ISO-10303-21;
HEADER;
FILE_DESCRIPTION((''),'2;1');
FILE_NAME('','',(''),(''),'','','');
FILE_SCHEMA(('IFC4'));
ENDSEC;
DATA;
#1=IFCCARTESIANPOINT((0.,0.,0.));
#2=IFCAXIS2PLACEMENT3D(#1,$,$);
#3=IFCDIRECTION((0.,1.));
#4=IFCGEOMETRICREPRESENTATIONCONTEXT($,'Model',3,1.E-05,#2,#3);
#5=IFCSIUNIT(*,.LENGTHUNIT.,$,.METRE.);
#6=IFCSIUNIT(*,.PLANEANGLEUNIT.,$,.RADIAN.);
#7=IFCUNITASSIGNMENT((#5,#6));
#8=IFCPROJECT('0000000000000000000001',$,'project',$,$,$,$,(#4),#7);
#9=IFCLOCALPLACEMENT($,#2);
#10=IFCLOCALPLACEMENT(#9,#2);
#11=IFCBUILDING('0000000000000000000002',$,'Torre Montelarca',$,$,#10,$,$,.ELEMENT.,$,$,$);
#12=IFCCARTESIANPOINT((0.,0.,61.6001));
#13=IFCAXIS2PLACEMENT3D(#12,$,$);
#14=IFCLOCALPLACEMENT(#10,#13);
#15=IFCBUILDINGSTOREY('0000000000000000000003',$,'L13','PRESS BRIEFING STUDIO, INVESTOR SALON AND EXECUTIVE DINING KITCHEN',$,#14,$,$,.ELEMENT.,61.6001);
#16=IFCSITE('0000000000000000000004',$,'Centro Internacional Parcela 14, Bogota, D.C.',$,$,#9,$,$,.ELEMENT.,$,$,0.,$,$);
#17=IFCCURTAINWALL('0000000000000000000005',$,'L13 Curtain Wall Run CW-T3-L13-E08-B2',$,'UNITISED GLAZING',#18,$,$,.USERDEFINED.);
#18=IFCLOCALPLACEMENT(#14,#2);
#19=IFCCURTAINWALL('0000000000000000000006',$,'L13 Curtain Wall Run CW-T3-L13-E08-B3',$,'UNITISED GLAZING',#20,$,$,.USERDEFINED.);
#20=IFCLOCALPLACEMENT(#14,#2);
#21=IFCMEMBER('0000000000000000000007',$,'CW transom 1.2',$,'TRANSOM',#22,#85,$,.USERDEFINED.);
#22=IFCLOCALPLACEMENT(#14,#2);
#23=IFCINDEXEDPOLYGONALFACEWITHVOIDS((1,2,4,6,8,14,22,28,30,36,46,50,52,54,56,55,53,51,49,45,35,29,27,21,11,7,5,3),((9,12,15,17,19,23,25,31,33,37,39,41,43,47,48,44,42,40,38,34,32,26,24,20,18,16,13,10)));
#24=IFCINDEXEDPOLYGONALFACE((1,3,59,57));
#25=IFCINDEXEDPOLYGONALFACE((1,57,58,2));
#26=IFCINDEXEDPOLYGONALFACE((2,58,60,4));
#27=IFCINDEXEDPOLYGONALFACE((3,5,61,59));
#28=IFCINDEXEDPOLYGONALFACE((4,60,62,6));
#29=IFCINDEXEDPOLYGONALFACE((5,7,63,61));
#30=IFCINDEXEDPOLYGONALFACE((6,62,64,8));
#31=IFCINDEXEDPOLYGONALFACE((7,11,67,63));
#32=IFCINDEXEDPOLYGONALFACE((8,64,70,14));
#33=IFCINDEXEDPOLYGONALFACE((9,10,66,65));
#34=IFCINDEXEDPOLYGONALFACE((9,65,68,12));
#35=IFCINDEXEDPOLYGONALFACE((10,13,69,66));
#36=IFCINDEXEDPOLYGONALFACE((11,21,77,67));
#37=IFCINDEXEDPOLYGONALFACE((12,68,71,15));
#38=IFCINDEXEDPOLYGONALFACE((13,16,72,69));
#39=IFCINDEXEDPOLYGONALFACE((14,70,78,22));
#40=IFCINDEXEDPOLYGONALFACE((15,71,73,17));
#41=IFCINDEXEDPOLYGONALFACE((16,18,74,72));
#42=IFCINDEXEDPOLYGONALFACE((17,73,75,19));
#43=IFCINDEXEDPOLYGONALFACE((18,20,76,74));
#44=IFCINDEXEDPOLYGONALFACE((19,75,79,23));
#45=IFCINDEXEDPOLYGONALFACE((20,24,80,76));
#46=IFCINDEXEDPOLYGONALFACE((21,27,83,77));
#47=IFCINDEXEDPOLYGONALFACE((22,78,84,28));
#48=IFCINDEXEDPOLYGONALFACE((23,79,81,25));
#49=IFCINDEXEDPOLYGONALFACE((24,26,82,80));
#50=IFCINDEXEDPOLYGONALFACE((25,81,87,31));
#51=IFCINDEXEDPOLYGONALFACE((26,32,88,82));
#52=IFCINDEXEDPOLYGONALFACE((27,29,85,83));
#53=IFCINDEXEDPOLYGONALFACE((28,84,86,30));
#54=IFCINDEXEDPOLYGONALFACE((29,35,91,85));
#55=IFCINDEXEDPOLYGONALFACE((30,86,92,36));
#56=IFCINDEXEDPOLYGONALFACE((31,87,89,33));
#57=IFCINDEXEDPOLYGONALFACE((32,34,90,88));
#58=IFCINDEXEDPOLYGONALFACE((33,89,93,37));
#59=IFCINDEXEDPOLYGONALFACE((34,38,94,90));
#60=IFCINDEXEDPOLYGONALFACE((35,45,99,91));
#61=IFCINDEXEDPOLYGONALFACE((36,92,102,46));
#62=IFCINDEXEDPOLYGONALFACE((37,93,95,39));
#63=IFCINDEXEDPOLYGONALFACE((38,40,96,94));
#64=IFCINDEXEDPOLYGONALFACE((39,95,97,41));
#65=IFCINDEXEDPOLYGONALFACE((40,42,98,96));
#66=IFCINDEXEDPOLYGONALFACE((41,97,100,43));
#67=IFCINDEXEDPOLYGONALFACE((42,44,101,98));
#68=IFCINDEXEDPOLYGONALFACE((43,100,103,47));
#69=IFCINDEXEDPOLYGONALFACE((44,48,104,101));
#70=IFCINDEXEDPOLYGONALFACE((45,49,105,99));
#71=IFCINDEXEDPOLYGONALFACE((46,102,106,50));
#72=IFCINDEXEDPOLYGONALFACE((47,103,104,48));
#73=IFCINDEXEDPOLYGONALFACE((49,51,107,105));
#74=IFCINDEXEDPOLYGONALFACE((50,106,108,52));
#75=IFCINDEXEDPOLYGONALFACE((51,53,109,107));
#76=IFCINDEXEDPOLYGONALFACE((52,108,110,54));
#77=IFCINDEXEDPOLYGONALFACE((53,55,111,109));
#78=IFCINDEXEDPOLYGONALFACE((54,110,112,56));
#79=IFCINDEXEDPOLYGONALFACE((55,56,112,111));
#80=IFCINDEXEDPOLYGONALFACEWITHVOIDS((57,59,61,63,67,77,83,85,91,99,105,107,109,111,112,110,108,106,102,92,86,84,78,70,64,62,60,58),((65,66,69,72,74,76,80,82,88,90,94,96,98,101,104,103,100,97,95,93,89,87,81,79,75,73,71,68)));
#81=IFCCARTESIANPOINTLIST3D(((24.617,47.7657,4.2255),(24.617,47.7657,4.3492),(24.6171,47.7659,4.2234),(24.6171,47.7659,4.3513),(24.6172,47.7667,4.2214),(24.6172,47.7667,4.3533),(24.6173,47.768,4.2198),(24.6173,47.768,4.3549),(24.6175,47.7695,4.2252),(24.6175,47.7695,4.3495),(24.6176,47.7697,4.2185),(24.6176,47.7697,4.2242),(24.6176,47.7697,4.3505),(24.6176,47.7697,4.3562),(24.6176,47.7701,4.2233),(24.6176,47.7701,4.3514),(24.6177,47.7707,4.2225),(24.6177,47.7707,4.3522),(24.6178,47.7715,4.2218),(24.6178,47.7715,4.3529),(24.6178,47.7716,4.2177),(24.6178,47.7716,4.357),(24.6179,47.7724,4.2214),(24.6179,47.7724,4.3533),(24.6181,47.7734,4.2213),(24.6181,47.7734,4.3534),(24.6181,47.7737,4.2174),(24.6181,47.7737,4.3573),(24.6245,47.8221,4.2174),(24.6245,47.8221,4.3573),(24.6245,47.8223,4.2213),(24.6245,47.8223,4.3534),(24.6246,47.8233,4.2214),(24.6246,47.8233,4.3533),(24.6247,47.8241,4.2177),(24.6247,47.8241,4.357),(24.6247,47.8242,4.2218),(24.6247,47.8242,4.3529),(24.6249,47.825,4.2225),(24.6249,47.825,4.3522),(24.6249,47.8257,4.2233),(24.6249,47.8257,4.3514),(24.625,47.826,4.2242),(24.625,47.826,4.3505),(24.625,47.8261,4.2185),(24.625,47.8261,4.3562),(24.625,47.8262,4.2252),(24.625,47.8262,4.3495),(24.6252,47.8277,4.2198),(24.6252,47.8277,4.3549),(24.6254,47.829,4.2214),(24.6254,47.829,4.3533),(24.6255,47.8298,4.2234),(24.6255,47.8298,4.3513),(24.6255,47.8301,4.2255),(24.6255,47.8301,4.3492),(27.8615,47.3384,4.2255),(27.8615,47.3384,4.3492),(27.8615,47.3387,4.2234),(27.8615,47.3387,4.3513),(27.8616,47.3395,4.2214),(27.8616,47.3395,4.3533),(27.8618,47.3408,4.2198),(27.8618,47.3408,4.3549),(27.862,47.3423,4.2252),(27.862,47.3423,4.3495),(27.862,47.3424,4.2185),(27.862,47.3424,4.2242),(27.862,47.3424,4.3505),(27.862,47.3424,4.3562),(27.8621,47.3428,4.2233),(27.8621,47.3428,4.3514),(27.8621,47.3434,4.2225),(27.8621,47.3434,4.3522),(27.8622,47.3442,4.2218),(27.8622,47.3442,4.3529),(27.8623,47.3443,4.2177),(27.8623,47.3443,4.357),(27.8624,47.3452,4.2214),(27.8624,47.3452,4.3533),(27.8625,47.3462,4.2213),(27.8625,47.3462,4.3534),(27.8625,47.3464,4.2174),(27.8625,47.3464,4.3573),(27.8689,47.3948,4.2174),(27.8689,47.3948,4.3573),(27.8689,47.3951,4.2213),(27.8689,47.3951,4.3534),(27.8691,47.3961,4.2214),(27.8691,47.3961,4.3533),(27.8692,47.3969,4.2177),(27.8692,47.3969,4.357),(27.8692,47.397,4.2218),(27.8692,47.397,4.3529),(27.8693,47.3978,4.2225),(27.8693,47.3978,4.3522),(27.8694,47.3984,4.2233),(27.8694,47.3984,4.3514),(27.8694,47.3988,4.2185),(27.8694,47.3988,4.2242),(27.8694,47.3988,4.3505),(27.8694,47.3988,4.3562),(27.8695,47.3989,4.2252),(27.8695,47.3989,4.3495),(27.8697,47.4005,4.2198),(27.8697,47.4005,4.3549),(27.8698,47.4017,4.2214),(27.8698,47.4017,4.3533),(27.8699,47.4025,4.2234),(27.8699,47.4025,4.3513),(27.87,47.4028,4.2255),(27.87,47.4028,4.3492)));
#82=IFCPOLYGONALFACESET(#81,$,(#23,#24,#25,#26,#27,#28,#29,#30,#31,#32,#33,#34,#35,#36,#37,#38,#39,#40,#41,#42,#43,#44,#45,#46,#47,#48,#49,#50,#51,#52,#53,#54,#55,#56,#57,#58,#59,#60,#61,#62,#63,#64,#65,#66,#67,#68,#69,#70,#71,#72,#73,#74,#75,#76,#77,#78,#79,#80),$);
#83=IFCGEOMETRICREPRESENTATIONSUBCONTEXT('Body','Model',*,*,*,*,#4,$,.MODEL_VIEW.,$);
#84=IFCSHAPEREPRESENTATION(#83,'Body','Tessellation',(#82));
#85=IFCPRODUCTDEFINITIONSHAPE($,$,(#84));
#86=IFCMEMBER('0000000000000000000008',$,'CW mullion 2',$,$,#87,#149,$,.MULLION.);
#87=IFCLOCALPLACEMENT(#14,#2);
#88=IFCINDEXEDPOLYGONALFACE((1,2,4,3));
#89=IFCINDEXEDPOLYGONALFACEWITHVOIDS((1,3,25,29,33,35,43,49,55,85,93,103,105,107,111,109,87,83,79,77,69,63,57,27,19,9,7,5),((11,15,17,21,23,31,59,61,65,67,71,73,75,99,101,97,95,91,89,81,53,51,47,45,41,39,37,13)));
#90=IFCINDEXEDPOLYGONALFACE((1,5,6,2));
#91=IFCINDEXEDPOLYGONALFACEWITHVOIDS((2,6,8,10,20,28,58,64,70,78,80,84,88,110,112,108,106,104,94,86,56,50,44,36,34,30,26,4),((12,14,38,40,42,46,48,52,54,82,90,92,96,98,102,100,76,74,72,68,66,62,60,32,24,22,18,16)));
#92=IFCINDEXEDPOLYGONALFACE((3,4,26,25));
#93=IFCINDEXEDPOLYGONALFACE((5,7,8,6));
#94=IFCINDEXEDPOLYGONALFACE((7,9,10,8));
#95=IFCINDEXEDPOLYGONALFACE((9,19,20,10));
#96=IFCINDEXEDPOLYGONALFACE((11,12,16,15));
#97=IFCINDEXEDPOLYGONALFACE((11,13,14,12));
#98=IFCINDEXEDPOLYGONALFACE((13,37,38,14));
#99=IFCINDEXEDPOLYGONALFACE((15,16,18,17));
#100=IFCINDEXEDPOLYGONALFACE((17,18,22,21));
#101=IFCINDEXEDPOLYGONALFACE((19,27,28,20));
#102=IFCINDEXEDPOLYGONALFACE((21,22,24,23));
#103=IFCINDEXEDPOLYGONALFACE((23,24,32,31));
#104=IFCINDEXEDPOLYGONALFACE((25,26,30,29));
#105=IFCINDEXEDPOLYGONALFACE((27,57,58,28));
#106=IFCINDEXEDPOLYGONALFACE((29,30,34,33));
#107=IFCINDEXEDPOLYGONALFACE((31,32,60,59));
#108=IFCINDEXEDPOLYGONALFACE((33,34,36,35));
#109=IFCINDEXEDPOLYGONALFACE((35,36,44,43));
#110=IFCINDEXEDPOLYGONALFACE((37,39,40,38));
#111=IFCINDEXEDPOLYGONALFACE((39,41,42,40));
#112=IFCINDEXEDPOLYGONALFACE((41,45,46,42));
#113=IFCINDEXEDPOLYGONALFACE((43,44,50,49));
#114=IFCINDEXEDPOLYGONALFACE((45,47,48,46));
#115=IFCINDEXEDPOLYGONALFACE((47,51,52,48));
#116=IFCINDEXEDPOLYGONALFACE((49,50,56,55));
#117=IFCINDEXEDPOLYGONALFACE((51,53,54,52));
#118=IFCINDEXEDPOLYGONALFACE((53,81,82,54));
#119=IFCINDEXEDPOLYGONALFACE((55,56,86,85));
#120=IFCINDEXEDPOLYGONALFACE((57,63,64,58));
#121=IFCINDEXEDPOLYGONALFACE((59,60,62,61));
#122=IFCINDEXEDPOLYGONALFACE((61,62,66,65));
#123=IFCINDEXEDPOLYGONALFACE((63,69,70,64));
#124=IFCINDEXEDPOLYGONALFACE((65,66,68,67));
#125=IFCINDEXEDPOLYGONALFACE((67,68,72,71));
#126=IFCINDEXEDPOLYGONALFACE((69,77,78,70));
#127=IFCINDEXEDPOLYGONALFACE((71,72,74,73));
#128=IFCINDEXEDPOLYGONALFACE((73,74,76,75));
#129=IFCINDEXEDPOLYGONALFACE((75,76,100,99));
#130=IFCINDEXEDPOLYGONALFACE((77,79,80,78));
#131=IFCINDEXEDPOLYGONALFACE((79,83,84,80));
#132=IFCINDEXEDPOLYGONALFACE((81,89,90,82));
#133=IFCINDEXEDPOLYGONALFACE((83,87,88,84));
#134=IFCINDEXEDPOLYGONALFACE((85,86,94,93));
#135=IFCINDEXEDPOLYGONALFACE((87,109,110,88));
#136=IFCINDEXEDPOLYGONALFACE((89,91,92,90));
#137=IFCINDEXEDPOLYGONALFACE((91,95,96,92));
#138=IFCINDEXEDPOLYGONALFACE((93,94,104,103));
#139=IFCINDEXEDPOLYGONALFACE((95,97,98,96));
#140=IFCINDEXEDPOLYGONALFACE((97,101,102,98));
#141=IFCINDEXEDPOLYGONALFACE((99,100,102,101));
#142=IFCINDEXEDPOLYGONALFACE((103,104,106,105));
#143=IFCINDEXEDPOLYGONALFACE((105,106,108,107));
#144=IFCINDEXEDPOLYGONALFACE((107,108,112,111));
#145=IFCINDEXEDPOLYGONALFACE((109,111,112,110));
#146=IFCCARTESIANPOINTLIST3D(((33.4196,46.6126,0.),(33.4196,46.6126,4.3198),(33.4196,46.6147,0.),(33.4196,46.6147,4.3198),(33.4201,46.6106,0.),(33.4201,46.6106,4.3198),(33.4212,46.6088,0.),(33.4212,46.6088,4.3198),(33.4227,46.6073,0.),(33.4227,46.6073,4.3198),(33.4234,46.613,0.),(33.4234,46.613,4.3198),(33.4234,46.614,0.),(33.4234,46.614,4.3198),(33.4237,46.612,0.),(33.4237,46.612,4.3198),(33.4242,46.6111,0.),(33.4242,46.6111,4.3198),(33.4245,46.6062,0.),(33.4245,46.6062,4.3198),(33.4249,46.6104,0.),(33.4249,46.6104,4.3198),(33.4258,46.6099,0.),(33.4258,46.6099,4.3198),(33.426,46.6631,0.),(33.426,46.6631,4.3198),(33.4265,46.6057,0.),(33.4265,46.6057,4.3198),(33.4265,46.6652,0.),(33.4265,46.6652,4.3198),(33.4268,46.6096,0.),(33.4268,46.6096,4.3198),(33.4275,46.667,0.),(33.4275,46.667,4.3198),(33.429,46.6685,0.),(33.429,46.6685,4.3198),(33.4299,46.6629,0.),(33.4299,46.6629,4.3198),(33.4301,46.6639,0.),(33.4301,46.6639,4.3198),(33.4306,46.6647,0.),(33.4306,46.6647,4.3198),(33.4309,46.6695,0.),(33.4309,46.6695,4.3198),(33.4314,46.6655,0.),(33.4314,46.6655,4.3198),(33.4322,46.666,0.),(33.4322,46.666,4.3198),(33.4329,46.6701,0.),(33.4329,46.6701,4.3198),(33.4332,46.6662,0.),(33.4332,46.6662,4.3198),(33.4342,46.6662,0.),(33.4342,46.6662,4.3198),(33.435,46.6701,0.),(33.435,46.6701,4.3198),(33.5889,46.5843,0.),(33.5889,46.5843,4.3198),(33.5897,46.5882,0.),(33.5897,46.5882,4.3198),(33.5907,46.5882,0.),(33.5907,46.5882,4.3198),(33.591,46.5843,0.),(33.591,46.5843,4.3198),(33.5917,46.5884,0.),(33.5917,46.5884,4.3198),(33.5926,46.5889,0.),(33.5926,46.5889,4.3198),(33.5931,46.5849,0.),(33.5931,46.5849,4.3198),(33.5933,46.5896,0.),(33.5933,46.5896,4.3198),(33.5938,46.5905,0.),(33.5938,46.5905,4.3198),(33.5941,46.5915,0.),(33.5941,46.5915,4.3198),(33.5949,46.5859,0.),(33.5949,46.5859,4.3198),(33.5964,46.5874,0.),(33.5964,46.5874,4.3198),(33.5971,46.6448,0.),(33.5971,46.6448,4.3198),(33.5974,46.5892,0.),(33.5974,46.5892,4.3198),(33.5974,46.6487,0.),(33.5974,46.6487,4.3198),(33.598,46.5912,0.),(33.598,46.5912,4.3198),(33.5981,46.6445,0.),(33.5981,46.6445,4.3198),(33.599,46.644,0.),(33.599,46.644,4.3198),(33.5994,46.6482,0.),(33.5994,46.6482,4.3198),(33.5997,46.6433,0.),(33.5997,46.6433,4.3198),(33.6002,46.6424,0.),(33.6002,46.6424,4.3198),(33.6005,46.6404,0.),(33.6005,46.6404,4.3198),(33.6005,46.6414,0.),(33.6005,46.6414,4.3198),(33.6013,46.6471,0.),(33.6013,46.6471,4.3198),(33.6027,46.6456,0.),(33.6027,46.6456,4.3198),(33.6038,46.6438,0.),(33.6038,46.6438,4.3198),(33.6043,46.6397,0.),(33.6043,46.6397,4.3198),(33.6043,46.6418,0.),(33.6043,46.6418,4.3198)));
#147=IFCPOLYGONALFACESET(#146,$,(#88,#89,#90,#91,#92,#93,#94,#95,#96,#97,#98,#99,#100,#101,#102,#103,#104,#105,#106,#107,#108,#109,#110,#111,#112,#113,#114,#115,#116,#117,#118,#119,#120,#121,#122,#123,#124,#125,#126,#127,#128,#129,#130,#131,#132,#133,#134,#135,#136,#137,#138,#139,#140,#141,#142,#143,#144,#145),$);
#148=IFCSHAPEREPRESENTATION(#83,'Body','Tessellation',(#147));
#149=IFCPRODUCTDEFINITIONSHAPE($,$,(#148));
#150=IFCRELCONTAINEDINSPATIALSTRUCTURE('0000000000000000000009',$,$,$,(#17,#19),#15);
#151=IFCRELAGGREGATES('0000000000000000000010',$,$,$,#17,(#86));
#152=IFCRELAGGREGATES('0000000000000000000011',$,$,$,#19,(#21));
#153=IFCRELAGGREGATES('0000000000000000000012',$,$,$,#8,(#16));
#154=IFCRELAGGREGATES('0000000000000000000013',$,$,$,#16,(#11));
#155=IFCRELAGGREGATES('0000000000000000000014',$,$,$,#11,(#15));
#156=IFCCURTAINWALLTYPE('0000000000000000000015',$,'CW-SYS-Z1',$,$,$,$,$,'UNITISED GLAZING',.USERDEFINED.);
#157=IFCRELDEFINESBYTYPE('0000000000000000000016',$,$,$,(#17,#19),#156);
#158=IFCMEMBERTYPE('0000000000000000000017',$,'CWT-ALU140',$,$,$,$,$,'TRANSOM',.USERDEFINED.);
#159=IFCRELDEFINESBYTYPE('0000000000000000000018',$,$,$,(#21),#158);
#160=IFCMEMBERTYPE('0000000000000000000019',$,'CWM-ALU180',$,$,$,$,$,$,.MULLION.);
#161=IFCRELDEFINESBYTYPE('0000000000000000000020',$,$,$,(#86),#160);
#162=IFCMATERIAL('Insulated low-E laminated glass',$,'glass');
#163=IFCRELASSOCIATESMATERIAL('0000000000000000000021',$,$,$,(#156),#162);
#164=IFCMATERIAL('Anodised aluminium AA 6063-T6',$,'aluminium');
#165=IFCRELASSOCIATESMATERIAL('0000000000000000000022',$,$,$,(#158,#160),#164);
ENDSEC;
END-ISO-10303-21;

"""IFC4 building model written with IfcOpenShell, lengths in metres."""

from ifc_helpers import new_model, si_unit, direction, frame, origin, origin_2d, place, context, subcontext, project, spatial, hollow_rectangle, extrude, source, transform, mapped, material, material_profile, profile_set, type_object, element, aggregate, save


model = new_model("IFC4")

# Units and contexts
model_context = context("Model", 3, precision=1e-05, world=origin(), true_north=direction((0.0, 1.0)))
body_context = subcontext(model_context, "Body", "Model", "MODEL_VIEW")
ifc_project = project(units=[si_unit("LENGTHUNIT", "METRE"), si_unit("PLANEANGLEUNIT", "RADIAN")], contexts=[model_context])

# Site, building, storey
site_placement = place(None, origin())
site = spatial("IfcSite", under=ifc_project, at=site_placement, Name="Centro Internacional Parcela 14, Bogota, D.C.", CompositionType="ELEMENT", RefElevation=0.0)
building_placement = place(site_placement, origin())
building = spatial("IfcBuilding", under=site, at=building_placement, Name="Torre Montelarca", CompositionType="ELEMENT")
storey_placement = place(building_placement, frame((0.0, 0.0, 61.6001)))
storey = spatial("IfcBuildingStorey", under=building, at=storey_placement, Name="L13", Description="PRESS BRIEFING STUDIO, INVESTOR SALON AND EXECUTIVE DINING KITCHEN", CompositionType="ELEMENT", Elevation=61.6001)

# Curtain wall
ifc_material_1 = material(Name="Insulated low-E laminated glass", Category="glass")
curtain_wall_type = type_object("IfcCurtainWallType", Name="CW-SYS-Z1", ElementType="UNITISED GLAZING", PredefinedType="USERDEFINED", material=ifc_material_1)
curtain_wall_1_placement = place(storey_placement, origin())
curtain_wall_1 = element("IfcCurtainWall", 1, at=curtain_wall_1_placement, inside=storey, type_object=curtain_wall_type, Name="L13 Curtain Wall Run CW-T3-L13-E08-B2", ObjectType="UNITISED GLAZING", PredefinedType="USERDEFINED")
ifc_material_2 = material(Name="Anodised aluminium AA 6063-T6", Category="aluminium")
ifc_material_profile_1 = material_profile(ifc_material_2, hollow_rectangle(XDim=0.0649, YDim=0.1399, WallThickness=0.0039, InnerFilletRadius=0.0039, OuterFilletRadius=0.0081, at=origin_2d()), Name="ALU65X140X4", Category="aluminium")
ifc_profile_set_1 = profile_set([ifc_material_profile_1], Name="Anodised aluminium AA 6063-T6")
member_type_1 = type_object("IfcMemberType", Name="CWT-ALU140", ElementType="TRANSOM", PredefinedType="USERDEFINED", material=ifc_profile_set_1)

# Curtain wall
curtain_wall_2_placement = place(storey_placement, origin())
curtain_wall_2 = element("IfcCurtainWall", 2, at=curtain_wall_2_placement, inside=storey, type_object=curtain_wall_type, Name="L13 Curtain Wall Run CW-T3-L13-E08-B3", ObjectType="UNITISED GLAZING", PredefinedType="USERDEFINED")

# Members
shared_shape_1 = source(origin(), body_context, "Body", "SweptSolid", [
    extrude(hollow_rectangle(XDim=0.0649, YDim=0.1399, WallThickness=0.0039, InnerFilletRadius=0.0039, OuterFilletRadius=0.0081, at=origin_2d()), origin(), (0.0, 0.0, 1.0), 3.2725),
])
member_1_placement = place(storey_placement, frame((27.8657, 47.3706, 4.2874), z_axis=(-0.99144, 0.130561, 0.0), x_axis=(-0.130561, -0.99144, 0.0)))
member_1 = element("IfcMember", 3, at=member_1_placement, type_object=member_type_1, Name="CW transom 1.2", ObjectType="TRANSOM", PredefinedType="USERDEFINED", context=body_context, shape_type="MappedRepresentation", body=[
    mapped(shared_shape_1, transform((0.0, 0.0, 0.0), scale=1.0)),
])
ifc_material_profile_2 = material_profile(ifc_material_2, hollow_rectangle(XDim=0.0649, YDim=0.1799, WallThickness=0.0039, InnerFilletRadius=0.0039, OuterFilletRadius=0.0081, at=origin_2d()), Name="ALU65X180X4", Category="aluminium")
ifc_profile_set_2 = profile_set([ifc_material_profile_2], Name="Anodised aluminium AA 6063-T6")
member_type_2 = type_object("IfcMemberType", Name="CWM-ALU180", PredefinedType="MULLION", material=ifc_profile_set_2)
shared_shape_2 = source(origin(), body_context, "Body", "SweptSolid", [
    extrude(hollow_rectangle(XDim=0.0649, YDim=0.1799, WallThickness=0.0039, InnerFilletRadius=0.0039, OuterFilletRadius=0.0081, at=origin_2d()), origin(), (0.0, 0.0, 1.0), 4.3198),
])
member_2_placement = place(storey_placement, frame((33.512, 46.6272, 0.0), z_axis=(0.0, 0.0, 1.0), x_axis=(-0.130533, -0.991444, 0.0)))
member_2 = element("IfcMember", 4, at=member_2_placement, type_object=member_type_2, Name="CW mullion 2", PredefinedType="MULLION", context=body_context, shape_type="MappedRepresentation", body=[
    mapped(shared_shape_2, transform((0.0, 0.0, 0.0), scale=1.0)),
])

aggregate(curtain_wall_1, [member_2])
aggregate(curtain_wall_2, [member_1])

save(model, "model.ifc")
